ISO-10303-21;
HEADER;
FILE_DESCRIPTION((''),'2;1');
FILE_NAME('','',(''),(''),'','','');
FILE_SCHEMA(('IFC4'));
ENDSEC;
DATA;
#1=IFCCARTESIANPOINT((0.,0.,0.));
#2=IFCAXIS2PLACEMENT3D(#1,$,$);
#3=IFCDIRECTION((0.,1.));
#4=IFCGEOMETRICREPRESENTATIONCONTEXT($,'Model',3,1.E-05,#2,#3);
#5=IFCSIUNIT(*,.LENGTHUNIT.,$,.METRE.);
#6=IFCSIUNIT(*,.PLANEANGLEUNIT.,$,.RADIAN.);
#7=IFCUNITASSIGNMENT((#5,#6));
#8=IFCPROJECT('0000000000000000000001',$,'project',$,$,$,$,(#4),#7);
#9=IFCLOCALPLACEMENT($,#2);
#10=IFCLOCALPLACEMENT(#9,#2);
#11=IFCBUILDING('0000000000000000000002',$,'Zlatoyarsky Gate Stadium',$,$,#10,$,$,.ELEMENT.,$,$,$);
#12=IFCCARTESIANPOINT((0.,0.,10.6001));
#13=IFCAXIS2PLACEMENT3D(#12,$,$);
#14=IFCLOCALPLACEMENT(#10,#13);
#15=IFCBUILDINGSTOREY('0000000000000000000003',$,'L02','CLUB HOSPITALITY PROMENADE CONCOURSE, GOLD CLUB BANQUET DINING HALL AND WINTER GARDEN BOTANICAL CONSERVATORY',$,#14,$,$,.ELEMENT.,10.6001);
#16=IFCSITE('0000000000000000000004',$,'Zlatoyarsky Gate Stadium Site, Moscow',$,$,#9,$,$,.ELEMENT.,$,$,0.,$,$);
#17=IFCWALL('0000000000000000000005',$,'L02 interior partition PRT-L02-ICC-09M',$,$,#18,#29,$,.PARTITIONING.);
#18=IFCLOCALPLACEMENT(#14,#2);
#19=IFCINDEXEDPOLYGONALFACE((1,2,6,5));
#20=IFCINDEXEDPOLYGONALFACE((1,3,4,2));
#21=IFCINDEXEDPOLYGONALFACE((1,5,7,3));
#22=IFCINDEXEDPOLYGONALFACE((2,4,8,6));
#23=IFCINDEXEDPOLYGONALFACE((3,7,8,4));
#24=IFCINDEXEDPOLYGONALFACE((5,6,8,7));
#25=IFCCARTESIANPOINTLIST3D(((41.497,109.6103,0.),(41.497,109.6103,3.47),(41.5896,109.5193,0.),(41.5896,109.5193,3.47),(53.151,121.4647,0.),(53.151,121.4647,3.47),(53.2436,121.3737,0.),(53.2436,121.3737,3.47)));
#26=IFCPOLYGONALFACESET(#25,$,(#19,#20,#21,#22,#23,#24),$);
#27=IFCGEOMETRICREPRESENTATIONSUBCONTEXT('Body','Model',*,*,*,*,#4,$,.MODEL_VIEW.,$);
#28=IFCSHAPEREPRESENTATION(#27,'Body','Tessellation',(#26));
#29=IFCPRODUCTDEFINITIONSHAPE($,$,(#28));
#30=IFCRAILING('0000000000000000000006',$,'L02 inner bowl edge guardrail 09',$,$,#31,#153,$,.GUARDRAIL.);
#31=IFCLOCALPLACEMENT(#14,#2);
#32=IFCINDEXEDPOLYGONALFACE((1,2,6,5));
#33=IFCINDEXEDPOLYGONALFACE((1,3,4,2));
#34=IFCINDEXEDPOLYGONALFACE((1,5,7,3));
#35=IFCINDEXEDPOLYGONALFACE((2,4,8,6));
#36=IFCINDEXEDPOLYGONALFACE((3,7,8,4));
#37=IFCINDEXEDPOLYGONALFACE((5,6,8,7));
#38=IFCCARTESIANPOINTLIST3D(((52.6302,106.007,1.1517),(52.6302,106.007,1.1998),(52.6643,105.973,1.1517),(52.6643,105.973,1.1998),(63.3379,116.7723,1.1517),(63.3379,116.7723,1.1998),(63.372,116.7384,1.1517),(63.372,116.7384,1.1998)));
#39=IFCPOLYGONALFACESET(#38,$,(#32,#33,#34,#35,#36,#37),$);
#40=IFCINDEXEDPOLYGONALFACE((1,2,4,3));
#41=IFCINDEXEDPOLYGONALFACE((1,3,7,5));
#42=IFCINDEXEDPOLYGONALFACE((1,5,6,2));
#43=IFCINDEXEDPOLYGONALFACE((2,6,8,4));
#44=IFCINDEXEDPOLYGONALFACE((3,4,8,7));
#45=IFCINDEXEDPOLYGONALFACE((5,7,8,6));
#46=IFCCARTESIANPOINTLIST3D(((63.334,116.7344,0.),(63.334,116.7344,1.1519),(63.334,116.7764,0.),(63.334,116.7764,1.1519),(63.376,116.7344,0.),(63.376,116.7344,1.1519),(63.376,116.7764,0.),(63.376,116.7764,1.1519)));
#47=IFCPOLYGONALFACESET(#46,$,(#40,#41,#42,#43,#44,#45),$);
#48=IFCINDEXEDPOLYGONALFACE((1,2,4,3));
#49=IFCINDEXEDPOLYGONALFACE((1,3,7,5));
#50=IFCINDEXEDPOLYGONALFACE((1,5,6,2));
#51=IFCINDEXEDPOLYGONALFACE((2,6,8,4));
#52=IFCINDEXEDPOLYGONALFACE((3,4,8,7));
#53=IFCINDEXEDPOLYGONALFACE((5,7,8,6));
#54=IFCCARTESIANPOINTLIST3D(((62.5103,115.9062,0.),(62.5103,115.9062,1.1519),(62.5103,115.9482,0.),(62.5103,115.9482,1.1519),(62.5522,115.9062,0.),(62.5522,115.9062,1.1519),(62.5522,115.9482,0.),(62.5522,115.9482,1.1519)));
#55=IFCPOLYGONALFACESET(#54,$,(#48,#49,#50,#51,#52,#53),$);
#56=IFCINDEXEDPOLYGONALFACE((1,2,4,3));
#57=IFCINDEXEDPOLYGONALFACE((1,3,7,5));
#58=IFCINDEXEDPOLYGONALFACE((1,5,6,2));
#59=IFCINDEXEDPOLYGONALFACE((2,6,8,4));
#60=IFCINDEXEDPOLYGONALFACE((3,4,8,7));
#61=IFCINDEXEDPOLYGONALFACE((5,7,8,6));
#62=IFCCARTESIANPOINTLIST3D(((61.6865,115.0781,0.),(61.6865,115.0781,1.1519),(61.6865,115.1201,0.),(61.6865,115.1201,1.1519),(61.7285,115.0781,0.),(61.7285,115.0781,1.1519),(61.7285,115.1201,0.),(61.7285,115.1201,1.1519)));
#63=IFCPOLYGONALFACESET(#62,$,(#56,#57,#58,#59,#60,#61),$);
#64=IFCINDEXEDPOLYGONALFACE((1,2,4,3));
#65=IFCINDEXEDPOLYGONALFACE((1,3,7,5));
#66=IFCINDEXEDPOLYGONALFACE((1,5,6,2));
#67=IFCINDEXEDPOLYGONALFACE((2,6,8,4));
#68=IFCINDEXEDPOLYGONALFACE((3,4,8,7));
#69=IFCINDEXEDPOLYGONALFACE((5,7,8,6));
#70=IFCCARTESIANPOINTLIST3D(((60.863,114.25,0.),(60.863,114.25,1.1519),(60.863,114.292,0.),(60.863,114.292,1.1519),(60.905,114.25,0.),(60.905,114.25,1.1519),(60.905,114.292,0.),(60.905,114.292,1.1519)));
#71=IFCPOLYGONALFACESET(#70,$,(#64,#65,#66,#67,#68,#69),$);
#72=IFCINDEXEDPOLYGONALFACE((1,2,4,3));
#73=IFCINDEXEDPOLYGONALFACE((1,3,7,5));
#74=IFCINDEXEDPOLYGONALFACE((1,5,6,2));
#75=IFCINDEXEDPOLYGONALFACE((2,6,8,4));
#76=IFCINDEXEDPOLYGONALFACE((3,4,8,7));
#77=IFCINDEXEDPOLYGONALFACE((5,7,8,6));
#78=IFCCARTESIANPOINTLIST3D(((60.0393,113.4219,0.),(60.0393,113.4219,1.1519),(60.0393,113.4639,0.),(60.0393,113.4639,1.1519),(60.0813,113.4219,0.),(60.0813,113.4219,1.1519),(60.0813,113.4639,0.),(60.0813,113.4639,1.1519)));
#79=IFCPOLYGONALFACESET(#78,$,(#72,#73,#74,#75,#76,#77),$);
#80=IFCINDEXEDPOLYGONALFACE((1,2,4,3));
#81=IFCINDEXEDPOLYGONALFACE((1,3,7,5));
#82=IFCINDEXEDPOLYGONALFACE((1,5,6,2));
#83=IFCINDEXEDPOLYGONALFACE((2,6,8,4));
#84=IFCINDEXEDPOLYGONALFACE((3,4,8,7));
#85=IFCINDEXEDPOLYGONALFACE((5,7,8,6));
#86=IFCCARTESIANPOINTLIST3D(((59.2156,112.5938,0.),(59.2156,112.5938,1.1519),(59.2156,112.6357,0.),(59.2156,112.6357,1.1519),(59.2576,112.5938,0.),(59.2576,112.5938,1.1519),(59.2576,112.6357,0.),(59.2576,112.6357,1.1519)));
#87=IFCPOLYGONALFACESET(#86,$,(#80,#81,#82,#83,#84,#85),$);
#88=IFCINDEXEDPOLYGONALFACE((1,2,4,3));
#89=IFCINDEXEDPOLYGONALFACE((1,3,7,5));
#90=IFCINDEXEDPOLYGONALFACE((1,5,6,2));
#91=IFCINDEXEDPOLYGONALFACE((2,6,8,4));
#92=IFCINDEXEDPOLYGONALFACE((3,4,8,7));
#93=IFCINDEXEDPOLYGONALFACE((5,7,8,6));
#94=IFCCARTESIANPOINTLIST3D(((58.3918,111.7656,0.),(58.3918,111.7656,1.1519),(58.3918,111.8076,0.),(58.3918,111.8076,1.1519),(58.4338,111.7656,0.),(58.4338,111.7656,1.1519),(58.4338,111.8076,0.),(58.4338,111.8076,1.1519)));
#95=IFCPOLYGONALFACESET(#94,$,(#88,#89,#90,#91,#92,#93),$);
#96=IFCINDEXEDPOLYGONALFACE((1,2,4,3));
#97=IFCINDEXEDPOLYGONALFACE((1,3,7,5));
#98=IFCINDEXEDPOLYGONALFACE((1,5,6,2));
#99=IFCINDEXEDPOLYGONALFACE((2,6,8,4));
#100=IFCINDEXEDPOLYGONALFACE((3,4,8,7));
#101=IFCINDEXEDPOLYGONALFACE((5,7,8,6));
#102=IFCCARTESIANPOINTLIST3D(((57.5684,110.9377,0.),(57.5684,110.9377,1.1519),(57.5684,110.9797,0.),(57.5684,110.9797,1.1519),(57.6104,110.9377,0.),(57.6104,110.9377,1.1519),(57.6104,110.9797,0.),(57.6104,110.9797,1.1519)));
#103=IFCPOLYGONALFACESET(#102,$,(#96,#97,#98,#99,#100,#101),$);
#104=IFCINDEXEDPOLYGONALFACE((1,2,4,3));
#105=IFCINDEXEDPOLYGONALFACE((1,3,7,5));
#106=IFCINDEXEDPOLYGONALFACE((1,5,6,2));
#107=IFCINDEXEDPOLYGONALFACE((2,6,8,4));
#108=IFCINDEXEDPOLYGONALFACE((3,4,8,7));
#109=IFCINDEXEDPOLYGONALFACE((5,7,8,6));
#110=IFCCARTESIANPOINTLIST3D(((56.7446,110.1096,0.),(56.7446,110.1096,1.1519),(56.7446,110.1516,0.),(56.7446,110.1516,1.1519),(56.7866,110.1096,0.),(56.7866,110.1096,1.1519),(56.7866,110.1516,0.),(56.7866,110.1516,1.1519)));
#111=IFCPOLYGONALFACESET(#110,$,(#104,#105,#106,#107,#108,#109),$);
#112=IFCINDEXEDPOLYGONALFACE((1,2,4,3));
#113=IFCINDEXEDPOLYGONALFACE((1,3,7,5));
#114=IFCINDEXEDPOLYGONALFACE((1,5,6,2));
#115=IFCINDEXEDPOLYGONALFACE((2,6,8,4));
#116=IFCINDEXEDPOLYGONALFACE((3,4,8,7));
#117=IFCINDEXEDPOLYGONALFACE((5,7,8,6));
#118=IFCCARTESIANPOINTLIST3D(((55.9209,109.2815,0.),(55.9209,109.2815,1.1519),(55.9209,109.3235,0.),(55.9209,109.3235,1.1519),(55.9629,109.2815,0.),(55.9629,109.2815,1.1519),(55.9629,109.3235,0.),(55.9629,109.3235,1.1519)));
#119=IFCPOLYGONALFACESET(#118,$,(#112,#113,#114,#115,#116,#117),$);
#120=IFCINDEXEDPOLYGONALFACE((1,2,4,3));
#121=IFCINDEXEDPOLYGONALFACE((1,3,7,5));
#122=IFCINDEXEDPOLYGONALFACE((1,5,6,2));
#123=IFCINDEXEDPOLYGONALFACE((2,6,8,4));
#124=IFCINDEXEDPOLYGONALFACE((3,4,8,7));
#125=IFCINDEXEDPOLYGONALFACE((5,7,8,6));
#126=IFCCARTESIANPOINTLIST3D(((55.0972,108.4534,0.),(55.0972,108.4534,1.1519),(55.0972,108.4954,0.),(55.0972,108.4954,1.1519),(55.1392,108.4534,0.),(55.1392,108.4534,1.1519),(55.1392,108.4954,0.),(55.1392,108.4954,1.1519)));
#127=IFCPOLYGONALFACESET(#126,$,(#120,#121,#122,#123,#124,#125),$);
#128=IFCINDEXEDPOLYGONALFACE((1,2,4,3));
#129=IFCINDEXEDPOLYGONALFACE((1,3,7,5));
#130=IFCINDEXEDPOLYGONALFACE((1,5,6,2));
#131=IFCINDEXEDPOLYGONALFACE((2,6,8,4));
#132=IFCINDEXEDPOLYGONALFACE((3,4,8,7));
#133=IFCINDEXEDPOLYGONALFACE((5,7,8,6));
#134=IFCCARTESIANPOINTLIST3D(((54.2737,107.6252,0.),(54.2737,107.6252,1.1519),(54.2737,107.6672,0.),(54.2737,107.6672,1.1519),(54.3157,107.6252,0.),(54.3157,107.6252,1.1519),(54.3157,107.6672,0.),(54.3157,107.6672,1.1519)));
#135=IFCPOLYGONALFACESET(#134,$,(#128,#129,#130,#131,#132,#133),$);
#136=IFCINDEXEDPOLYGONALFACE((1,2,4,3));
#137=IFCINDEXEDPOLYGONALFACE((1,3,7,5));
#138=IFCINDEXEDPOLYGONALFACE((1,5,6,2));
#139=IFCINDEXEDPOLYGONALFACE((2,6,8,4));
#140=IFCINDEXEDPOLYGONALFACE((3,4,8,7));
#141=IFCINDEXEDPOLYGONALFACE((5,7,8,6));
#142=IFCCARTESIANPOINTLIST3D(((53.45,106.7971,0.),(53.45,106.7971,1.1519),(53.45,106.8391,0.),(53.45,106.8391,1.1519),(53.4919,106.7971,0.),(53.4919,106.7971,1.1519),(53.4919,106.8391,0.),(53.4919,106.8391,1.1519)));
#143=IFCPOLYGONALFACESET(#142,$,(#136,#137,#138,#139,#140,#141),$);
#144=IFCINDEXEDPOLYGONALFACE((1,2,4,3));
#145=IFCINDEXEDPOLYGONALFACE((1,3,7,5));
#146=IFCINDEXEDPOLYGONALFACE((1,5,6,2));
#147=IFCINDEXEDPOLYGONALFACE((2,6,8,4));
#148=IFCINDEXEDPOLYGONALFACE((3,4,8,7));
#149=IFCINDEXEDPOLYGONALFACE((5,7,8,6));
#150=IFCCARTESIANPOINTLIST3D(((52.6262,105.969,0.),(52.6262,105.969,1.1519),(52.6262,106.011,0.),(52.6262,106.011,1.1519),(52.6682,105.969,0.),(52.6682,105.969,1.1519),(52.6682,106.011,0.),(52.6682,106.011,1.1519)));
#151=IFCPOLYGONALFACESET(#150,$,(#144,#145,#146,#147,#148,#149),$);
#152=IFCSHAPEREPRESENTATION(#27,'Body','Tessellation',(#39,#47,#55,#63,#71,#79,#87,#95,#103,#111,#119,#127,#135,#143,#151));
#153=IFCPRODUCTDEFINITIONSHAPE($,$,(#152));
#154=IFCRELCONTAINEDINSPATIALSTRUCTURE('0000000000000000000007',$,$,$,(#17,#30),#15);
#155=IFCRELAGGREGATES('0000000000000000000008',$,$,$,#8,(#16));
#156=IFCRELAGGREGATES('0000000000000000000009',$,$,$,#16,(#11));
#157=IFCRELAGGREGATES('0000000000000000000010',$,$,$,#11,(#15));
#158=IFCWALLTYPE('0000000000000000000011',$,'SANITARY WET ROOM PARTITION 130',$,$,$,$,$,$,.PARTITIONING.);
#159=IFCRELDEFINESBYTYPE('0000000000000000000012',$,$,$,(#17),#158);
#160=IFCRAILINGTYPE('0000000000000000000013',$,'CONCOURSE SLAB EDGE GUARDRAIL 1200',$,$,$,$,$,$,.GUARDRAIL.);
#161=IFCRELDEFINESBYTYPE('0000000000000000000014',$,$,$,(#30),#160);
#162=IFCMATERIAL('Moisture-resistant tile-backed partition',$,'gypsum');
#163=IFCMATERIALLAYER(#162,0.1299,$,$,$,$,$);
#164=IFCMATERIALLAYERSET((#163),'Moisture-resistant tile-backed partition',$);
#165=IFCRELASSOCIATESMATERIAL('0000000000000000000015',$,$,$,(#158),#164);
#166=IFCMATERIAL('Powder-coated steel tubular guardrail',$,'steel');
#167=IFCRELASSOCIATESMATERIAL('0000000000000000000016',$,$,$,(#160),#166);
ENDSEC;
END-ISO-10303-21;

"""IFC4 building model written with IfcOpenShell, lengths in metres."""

from ifc_helpers import new_model, si_unit, direction, frame, frame_2d, origin, origin_2d, place, context, subcontext, project, spatial, rectangle, extrude, material, layer, layer_set, type_object, element, save


model = new_model("IFC4")

# Units and contexts
model_context = context("Model", 3, precision=1e-05, world=origin(), true_north=direction((0.0, 1.0)))
body_context = subcontext(model_context, "Body", "Model", "MODEL_VIEW")
ifc_project = project(units=[si_unit("LENGTHUNIT", "METRE"), si_unit("PLANEANGLEUNIT", "RADIAN")], contexts=[model_context])

# Site, building, storey
site_placement = place(None, origin())
site = spatial("IfcSite", under=ifc_project, at=site_placement, Name="Zlatoyarsky Gate Stadium Site, Moscow", CompositionType="ELEMENT", RefElevation=0.0)
building_placement = place(site_placement, origin())
building = spatial("IfcBuilding", under=site, at=building_placement, Name="Zlatoyarsky Gate Stadium", CompositionType="ELEMENT")
storey_placement = place(building_placement, frame((0.0, 0.0, 10.6001)))
storey = spatial("IfcBuildingStorey", under=building, at=storey_placement, Name="L02", Description="CLUB HOSPITALITY PROMENADE CONCOURSE, GOLD CLUB BANQUET DINING HALL AND WINTER GARDEN BOTANICAL CONSERVATORY", CompositionType="ELEMENT", Elevation=10.6001)

# Wall
ifc_material_1 = material(Name="Moisture-resistant tile-backed partition", Category="gypsum")
ifc_layer_1 = layer(ifc_material_1, 0.1299)
ifc_layer_set_1 = layer_set([ifc_layer_1], Name="Moisture-resistant tile-backed partition")
wall_type_1 = type_object("IfcWallType", Name="SANITARY WET ROOM PARTITION 130", PredefinedType="PARTITIONING", material=ifc_layer_set_1)
wall_1_placement = place(storey_placement, frame((53.1973, 121.4192, 0.0), z_axis=(0.0, 0.0, 1.0), x_axis=(-0.701052, -0.71311, 0.0)))
element("IfcWall", 1, at=wall_1_placement, inside=storey, type_object=wall_type_1, Name="L02 interior partition PRT-L02-ICC-09M", PredefinedType="PARTITIONING", context=body_context, shape_type="SweptSolid", body=[
    extrude(rectangle(XDim=16.6235, YDim=0.1299, at=frame_2d((8.3118, 0.0))), origin(), (0.0, 0.0, 1.0), 3.47),
])

# Railing
ifc_material_2 = material(Name="Powder-coated steel tubular guardrail", Category="steel")
railing_type = type_object("IfcRailingType", Name="CONCOURSE SLAB EDGE GUARDRAIL 1200", PredefinedType="GUARDRAIL", material=ifc_material_2)
railing_1_placement = place(storey_placement, frame((63.355, 116.7554, 0.0)))
element("IfcRailing", 2, at=railing_1_placement, inside=storey, type_object=railing_type, Name="L02 inner bowl edge guardrail 09", PredefinedType="GUARDRAIL", context=body_context, shape_type="SweptSolid", body=[
    extrude(rectangle(XDim=0.0481, YDim=0.0481, at=origin_2d()), frame((0.0, 0.0, 1.1758), z_axis=(-0.705207, -0.709002, 0.0), x_axis=(0.709002, -0.705207, 0.0)), (0.0, 0.0, 1.0), 15.1838),
    extrude(rectangle(XDim=0.042, YDim=0.042, at=origin_2d()), origin(), (0.0, 0.0, 1.0), 1.1519),
    extrude(rectangle(XDim=0.042, YDim=0.042, at=origin_2d()), frame((-0.8237, -0.8281, 0.0)), (0.0, 0.0, 1.0), 1.1519),
    extrude(rectangle(XDim=0.042, YDim=0.042, at=origin_2d()), frame((-1.6475, -1.6562, 0.0)), (0.0, 0.0, 1.0), 1.1519),
    extrude(rectangle(XDim=0.042, YDim=0.042, at=origin_2d()), frame((-2.4709, -2.4844, 0.0)), (0.0, 0.0, 1.0), 1.1519),
    extrude(rectangle(XDim=0.042, YDim=0.042, at=origin_2d()), frame((-3.2947, -3.3125, 0.0)), (0.0, 0.0, 1.0), 1.1519),
    extrude(rectangle(XDim=0.042, YDim=0.042, at=origin_2d()), frame((-4.1184, -4.1406, 0.0)), (0.0, 0.0, 1.0), 1.1519),
    extrude(rectangle(XDim=0.042, YDim=0.042, at=origin_2d()), frame((-4.9421, -4.9688, 0.0)), (0.0, 0.0, 1.0), 1.1519),
    extrude(rectangle(XDim=0.042, YDim=0.042, at=origin_2d()), frame((-5.7656, -5.7966, 0.0)), (0.0, 0.0, 1.0), 1.1519),
    extrude(rectangle(XDim=0.042, YDim=0.042, at=origin_2d()), frame((-6.5894, -6.6248, 0.0)), (0.0, 0.0, 1.0), 1.1519),
    extrude(rectangle(XDim=0.042, YDim=0.042, at=origin_2d()), frame((-7.4131, -7.4529, 0.0)), (0.0, 0.0, 1.0), 1.1519),
    extrude(rectangle(XDim=0.042, YDim=0.042, at=origin_2d()), frame((-8.2368, -8.281, 0.0)), (0.0, 0.0, 1.0), 1.1519),
    extrude(rectangle(XDim=0.042, YDim=0.042, at=origin_2d()), frame((-9.0603, -9.1091, 0.0)), (0.0, 0.0, 1.0), 1.1519),
    extrude(rectangle(XDim=0.042, YDim=0.042, at=origin_2d()), frame((-9.884, -9.9373, 0.0)), (0.0, 0.0, 1.0), 1.1519),
    extrude(rectangle(XDim=0.042, YDim=0.042, at=origin_2d()), frame((-10.7078, -10.7654, 0.0)), (0.0, 0.0, 1.0), 1.1519),
])

save(model, "model.ifc")
